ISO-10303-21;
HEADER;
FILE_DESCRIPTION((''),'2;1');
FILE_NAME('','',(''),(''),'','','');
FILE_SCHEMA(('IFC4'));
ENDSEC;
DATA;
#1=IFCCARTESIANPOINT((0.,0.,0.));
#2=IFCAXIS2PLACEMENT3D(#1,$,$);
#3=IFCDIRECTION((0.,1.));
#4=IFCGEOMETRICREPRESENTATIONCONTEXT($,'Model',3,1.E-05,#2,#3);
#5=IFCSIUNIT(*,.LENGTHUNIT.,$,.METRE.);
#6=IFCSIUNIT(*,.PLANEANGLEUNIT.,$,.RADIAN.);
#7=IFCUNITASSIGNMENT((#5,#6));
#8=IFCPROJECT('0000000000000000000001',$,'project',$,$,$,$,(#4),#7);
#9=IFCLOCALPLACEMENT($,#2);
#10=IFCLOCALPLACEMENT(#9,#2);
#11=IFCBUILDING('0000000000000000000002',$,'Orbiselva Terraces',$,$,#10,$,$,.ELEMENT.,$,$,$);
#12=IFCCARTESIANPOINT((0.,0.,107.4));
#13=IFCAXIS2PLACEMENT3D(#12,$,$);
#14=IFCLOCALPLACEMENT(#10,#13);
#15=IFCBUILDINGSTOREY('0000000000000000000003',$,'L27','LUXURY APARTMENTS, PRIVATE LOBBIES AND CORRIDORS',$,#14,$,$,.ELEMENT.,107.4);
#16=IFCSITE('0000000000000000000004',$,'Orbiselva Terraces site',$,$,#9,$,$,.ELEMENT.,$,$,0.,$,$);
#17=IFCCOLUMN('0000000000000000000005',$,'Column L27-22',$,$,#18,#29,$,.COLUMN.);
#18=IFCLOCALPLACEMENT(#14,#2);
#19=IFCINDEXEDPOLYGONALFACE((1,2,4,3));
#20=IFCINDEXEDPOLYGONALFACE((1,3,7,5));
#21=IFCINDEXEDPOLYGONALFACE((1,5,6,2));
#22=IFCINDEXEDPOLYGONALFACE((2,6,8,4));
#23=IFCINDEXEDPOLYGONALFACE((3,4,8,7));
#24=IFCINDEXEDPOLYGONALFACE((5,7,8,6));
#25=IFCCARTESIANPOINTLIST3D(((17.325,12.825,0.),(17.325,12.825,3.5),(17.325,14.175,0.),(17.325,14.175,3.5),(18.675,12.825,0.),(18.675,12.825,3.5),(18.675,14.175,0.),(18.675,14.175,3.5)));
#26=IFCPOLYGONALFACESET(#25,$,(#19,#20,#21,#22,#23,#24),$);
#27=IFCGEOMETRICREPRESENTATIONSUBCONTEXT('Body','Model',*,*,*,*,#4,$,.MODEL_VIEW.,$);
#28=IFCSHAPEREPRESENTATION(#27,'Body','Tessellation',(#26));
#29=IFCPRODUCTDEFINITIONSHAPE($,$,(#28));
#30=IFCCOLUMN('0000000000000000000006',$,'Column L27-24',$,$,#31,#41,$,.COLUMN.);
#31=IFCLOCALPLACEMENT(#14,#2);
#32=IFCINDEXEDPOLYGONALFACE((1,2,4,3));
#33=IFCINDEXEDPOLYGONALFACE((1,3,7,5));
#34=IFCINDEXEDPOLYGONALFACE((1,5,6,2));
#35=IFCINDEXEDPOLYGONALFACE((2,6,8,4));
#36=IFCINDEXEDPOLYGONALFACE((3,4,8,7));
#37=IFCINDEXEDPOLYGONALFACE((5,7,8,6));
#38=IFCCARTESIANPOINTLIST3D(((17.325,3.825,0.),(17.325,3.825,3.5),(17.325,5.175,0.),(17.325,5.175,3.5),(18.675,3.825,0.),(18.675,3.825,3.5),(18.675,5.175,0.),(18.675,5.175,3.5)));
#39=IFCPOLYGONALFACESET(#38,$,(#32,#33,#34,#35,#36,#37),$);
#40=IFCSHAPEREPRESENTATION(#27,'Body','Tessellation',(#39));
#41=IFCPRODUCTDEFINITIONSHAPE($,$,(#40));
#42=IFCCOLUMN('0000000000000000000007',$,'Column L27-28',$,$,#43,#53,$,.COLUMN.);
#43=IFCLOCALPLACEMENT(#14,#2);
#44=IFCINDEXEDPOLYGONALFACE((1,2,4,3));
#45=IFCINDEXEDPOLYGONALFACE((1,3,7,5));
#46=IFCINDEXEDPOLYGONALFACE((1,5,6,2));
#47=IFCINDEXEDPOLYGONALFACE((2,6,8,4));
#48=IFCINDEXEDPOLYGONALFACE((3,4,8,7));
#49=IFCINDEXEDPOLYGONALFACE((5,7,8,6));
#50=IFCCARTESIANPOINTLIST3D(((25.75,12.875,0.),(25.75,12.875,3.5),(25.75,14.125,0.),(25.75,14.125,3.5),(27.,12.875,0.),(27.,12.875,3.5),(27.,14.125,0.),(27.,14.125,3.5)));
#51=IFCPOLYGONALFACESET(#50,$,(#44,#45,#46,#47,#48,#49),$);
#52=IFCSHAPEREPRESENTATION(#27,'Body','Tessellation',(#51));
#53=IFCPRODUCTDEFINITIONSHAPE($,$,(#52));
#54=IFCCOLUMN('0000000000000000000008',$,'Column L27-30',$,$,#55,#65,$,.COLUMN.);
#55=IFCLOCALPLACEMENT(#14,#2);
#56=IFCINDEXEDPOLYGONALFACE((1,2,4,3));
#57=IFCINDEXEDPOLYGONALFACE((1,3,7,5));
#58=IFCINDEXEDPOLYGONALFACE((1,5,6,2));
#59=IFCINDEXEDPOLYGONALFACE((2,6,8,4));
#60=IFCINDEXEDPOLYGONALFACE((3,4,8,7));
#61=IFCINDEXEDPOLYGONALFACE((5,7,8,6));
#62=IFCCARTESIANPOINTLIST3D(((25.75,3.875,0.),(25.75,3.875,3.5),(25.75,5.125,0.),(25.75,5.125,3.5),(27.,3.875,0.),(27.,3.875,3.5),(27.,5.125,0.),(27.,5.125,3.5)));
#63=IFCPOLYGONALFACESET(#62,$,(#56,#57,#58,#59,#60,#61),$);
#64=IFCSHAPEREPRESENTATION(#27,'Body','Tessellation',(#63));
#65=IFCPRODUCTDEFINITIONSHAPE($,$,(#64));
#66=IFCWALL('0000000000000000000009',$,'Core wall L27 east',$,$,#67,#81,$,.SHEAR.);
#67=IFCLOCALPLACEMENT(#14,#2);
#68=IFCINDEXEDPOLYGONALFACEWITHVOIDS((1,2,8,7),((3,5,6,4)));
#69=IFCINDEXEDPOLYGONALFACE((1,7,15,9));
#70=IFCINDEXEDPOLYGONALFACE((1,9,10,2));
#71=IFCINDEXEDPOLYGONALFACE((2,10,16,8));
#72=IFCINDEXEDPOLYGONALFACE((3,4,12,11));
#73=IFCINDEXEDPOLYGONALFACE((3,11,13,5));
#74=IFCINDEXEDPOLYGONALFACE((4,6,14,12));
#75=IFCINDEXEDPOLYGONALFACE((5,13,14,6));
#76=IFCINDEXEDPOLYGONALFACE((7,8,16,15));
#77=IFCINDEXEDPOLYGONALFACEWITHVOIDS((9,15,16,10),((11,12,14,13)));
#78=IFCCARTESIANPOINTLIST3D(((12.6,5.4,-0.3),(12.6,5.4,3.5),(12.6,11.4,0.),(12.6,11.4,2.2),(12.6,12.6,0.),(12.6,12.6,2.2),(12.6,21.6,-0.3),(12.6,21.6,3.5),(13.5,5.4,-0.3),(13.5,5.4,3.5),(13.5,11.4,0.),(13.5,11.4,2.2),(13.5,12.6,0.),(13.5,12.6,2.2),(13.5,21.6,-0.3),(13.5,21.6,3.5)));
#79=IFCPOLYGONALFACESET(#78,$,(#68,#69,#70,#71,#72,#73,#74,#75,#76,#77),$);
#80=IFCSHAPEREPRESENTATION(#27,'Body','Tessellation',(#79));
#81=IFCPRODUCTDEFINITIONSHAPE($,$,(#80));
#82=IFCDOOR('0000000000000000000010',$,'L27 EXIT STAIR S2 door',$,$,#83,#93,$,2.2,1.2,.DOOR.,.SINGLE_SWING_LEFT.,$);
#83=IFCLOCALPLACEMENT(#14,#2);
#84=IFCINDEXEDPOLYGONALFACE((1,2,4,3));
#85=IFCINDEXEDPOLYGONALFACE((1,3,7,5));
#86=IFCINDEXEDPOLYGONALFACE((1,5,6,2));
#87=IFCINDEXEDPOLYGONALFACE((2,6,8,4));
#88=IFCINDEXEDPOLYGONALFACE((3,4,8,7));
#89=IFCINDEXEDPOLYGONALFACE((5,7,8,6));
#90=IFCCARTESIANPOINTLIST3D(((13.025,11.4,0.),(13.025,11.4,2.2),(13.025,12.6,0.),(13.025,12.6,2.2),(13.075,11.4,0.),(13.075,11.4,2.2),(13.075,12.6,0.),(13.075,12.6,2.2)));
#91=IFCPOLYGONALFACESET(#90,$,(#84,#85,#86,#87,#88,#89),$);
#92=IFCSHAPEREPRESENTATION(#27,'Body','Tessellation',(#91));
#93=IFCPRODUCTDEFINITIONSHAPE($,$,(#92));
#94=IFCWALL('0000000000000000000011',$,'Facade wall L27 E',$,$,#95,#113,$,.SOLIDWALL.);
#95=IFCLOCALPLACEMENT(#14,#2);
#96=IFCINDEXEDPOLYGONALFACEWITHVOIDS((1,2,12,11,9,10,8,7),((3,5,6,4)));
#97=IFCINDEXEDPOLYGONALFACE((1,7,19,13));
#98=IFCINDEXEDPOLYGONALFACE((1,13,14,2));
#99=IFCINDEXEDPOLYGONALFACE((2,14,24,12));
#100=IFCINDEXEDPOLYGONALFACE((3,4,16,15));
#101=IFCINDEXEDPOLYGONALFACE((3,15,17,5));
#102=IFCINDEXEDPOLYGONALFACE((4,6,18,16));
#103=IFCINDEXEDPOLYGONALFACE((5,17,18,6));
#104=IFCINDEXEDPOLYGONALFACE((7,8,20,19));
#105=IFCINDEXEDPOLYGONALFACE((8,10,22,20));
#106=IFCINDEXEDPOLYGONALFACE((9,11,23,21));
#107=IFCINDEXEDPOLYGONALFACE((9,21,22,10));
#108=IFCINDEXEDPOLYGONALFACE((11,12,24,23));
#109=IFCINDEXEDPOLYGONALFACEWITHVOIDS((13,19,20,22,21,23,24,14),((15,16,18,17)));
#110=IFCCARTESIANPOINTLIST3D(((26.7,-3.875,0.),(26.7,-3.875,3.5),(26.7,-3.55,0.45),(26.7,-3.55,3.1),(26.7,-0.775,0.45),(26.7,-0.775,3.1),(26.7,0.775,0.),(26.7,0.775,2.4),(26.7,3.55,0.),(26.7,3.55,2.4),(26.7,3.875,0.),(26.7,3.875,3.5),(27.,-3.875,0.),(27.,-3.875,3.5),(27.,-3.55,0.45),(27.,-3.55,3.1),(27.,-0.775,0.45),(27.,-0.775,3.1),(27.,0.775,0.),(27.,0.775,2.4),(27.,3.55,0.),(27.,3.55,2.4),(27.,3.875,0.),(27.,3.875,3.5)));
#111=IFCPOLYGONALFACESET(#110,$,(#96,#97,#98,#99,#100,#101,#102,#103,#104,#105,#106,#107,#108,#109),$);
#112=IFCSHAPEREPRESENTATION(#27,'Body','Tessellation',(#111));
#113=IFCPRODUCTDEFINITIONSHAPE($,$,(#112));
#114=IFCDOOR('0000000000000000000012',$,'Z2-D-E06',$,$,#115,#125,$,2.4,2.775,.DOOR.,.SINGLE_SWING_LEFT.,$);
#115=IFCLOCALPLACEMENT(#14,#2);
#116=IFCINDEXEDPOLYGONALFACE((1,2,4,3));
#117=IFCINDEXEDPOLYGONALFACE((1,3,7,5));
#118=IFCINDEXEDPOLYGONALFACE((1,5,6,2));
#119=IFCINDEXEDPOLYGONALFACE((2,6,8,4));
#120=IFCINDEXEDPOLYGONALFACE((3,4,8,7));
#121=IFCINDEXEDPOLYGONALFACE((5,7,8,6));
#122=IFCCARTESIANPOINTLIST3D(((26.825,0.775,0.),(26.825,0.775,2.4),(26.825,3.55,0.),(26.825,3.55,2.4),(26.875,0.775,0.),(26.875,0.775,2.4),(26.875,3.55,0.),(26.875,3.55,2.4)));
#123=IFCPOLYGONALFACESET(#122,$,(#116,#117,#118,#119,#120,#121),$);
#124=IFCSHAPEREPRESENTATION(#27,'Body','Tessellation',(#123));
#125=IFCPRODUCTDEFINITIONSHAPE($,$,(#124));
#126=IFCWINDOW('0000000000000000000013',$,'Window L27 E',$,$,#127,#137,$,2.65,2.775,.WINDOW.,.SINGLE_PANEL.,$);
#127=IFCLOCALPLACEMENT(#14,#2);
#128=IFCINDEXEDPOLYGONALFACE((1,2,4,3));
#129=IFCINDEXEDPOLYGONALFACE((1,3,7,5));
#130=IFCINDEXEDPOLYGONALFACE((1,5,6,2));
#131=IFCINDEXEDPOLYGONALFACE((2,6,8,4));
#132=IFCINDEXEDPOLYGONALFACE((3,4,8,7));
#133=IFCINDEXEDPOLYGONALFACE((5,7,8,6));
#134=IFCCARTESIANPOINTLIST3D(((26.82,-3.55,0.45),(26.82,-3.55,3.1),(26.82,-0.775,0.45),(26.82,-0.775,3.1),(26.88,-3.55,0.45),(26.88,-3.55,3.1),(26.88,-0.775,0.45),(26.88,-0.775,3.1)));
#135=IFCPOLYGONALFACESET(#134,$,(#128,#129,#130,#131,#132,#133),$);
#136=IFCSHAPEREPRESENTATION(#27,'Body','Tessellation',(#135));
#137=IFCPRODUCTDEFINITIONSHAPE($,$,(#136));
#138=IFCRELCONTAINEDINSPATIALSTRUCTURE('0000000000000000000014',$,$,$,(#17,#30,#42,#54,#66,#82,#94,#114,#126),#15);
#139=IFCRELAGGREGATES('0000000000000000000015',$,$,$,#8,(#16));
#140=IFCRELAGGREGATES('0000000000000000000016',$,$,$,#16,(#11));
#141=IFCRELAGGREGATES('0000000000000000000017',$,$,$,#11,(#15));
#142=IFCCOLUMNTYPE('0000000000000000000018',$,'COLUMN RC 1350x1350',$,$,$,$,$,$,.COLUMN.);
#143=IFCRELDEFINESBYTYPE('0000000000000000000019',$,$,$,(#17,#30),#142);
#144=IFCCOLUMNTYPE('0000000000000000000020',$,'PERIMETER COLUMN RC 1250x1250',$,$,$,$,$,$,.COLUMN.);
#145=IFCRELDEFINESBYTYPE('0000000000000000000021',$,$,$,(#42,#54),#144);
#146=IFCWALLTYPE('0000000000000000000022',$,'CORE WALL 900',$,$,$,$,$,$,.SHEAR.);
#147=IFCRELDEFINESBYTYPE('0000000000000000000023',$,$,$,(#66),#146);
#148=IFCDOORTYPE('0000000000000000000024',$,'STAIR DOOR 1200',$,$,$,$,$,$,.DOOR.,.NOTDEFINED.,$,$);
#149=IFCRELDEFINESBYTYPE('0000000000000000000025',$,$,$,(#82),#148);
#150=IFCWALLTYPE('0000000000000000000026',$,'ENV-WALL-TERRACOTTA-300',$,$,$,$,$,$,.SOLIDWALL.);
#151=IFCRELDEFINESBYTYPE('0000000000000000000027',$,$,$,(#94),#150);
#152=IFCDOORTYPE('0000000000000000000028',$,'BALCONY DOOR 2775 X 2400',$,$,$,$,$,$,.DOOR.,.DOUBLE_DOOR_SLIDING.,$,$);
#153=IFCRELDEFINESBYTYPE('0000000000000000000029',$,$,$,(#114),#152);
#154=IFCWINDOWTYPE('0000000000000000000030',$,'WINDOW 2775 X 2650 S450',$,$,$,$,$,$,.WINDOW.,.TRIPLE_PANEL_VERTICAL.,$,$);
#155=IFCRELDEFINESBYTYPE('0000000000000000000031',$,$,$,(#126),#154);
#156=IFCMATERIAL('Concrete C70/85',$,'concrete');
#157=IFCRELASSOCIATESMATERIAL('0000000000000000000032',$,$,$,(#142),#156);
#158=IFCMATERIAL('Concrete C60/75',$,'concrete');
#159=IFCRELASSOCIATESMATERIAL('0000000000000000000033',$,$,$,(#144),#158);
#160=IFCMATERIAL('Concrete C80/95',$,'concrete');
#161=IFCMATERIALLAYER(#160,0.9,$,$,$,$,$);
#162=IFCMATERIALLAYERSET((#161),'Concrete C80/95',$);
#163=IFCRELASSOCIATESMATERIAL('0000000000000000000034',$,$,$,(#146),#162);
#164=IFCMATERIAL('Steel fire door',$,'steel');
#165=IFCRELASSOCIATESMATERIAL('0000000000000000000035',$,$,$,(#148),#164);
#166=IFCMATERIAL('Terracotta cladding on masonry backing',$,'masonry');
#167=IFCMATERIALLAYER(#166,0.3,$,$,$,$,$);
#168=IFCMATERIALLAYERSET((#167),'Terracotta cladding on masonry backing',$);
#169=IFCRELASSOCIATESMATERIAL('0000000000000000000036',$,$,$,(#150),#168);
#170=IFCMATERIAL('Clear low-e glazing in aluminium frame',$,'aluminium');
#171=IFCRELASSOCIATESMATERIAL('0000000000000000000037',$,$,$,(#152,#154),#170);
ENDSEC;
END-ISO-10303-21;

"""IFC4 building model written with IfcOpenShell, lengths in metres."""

from ifc_helpers import new_model, si_unit, direction, frame, frame_2d, origin, origin_2d, place, context, subcontext, project, spatial, rectangle, extrude, material, layer, layer_set, material_profile, profile_set, type_object, element, fill, save


model = new_model("IFC4")

# Units and contexts
model_context = context("Model", 3, precision=1e-05, world=origin(), true_north=direction((0.0, 1.0)))
body_context = subcontext(model_context, "Body", "Model", "MODEL_VIEW")
ifc_project = project(units=[si_unit("LENGTHUNIT", "METRE"), si_unit("PLANEANGLEUNIT", "RADIAN")], contexts=[model_context])

# Site, building, storey
site_placement = place(None, origin())
site = spatial("IfcSite", under=ifc_project, at=site_placement, Name="Orbiselva Terraces site", CompositionType="ELEMENT", RefElevation=0.0)
building_placement = place(site_placement, origin())
building = spatial("IfcBuilding", under=site, at=building_placement, Name="Orbiselva Terraces", CompositionType="ELEMENT")
storey_placement = place(building_placement, frame((0.0, 0.0, 107.4)))
storey = spatial("IfcBuildingStorey", under=building, at=storey_placement, Name="L27", Description="LUXURY APARTMENTS, PRIVATE LOBBIES AND CORRIDORS", CompositionType="ELEMENT", Elevation=107.4)

# Columns
ifc_material_1 = material(Name="Concrete C70/85", Category="concrete")
ifc_material_profile_1 = material_profile(ifc_material_1, rectangle(XDim=1.35, YDim=1.35, at=origin_2d()), Name="RC 1350x1350")
ifc_profile_set_1 = profile_set([ifc_material_profile_1], Name="Concrete C70/85")
column_type_1 = type_object("IfcColumnType", Name="COLUMN RC 1350x1350", PredefinedType="COLUMN", material=ifc_profile_set_1)
for number, where, z_axis, x_axis, name in (
    (1, (18.0, 13.5, 0.0), (0.0, 0.0, 1.0), (1.0, 0.0, 0.0), "Column L27-22"),
    (2, (18.0, 4.5, 0.0), (0.0, 0.0, 1.0), (1.0, 0.0, 0.0), "Column L27-24"),
):
    element("IfcColumn", number, at=place(storey_placement, frame(where, z_axis=z_axis, x_axis=x_axis)), inside=storey, type_object=column_type_1, Name=name, PredefinedType="COLUMN", context=body_context, shape_type="SweptSolid", body=[
        extrude(rectangle(XDim=1.35, YDim=1.35, at=origin_2d()), origin(), (0.0, 0.0, 1.0), 3.5),
    ])
ifc_material_2 = material(Name="Concrete C60/75", Category="concrete")
ifc_material_profile_2 = material_profile(ifc_material_2, rectangle(XDim=1.25, YDim=1.25, at=origin_2d()), Name="RC 1250x1250")
ifc_profile_set_2 = profile_set([ifc_material_profile_2], Name="Concrete C60/75")
column_type_2 = type_object("IfcColumnType", Name="PERIMETER COLUMN RC 1250x1250", PredefinedType="COLUMN", material=ifc_profile_set_2)
for number, where, z_axis, x_axis, name in (
    (3, (26.375, 13.5, 0.0), (0.0, 0.0, 1.0), (1.0, 0.0, 0.0), "Column L27-28"),
    (4, (26.375, 4.5, 0.0), (0.0, 0.0, 1.0), (1.0, 0.0, 0.0), "Column L27-30"),
):
    element("IfcColumn", number, at=place(storey_placement, frame(where, z_axis=z_axis, x_axis=x_axis)), inside=storey, type_object=column_type_2, Name=name, PredefinedType="COLUMN", context=body_context, shape_type="SweptSolid", body=[
        extrude(rectangle(XDim=1.25, YDim=1.25, at=origin_2d()), origin(), (0.0, 0.0, 1.0), 3.5),
    ])

# Wall, opening, door
ifc_material_3 = material(Name="Concrete C80/95", Category="concrete")
ifc_layer_1 = layer(ifc_material_3, 0.9)
ifc_layer_set_1 = layer_set([ifc_layer_1], Name="Concrete C80/95")
wall_type_1 = type_object("IfcWallType", Name="CORE WALL 900", PredefinedType="SHEAR", material=ifc_layer_set_1)
wall_1_placement = place(storey_placement, frame((13.05, 5.4, -0.3), z_axis=(0.0, 0.0, 1.0), x_axis=(0.0, 1.0, 0.0)))
wall_1 = element("IfcWall", 5, at=wall_1_placement, inside=storey, type_object=wall_type_1, Name="Core wall L27 east", PredefinedType="SHEAR", context=body_context, shape_type="SweptSolid", body=[
    extrude(rectangle(XDim=16.2, YDim=0.9, at=frame_2d((8.1, 0.0))), origin(), (0.0, 0.0, 1.0), 3.8),
])
opening_1_placement = place(wall_1_placement, frame((6.0, 0.0, 0.3)))
opening_1 = element("IfcOpeningElement", 6, at=opening_1_placement, cuts=wall_1, PredefinedType="OPENING", context=body_context, shape_type="SweptSolid", body=[
    extrude(rectangle(XDim=1.2, YDim=2.2, at=frame_2d((0.6, 1.1))), frame((0.0, 0.46, 0.0), z_axis=(0.0, -1.0, 0.0), x_axis=(1.0, 0.0, 0.0)), (0.0, 0.0, 1.0), 0.92),
])
ifc_material_4 = material(Name="Steel fire door", Category="steel")
door_type_1 = type_object("IfcDoorType", Name="STAIR DOOR 1200", OperationType="NOTDEFINED", PredefinedType="DOOR", material=ifc_material_4)
door_1_placement = place(opening_1_placement, frame((1.2, 0.0, 0.0), z_axis=(0.0, 0.0, 1.0), x_axis=(-1.0, 0.0, 0.0)))
door_1 = element("IfcDoor", 7, at=door_1_placement, inside=storey, type_object=door_type_1, Name="L27 EXIT STAIR S2 door", OperationType="SINGLE_SWING_LEFT", OverallHeight=2.2, OverallWidth=1.2, PredefinedType="DOOR", context=body_context, shape_type="SweptSolid", body=[
    extrude(rectangle(XDim=1.2, YDim=2.2, at=frame_2d((0.6, 1.1))), frame((0.0, 0.025, 0.0), z_axis=(0.0, -1.0, 0.0), x_axis=(1.0, 0.0, 0.0)), (0.0, 0.0, 1.0), 0.05),
])
fill(opening_1, door_1)

# Wall, openings, door, window
ifc_material_5 = material(Name="Terracotta cladding on masonry backing", Category="masonry")
ifc_layer_2 = layer(ifc_material_5, 0.3)
ifc_layer_set_2 = layer_set([ifc_layer_2], Name="Terracotta cladding on masonry backing")
wall_type_2 = type_object("IfcWallType", Name="ENV-WALL-TERRACOTTA-300", PredefinedType="SOLIDWALL", material=ifc_layer_set_2)
wall_2_placement = place(storey_placement, frame((26.85, 3.875, 0.0), z_axis=(0.0, 0.0, 1.0), x_axis=(0.0, -1.0, 0.0)))
wall_2 = element("IfcWall", 8, at=wall_2_placement, inside=storey, type_object=wall_type_2, Name="Facade wall L27 E", PredefinedType="SOLIDWALL", context=body_context, shape_type="SweptSolid", body=[
    extrude(rectangle(XDim=7.75, YDim=0.3, at=frame_2d((3.875, 0.0))), origin(), (0.0, 0.0, 1.0), 3.5),
])
opening_2_placement = place(wall_2_placement, frame((4.65, 0.0, 0.45)))
opening_2 = element("IfcOpeningElement", 9, at=opening_2_placement, cuts=wall_2, PredefinedType="OPENING", context=body_context, shape_type="SweptSolid", body=[
    extrude(rectangle(XDim=2.775, YDim=2.65, at=frame_2d((1.3875, 1.325))), frame((0.0, 0.16, 0.0), z_axis=(0.0, -1.0, 0.0), x_axis=(1.0, 0.0, 0.0)), (0.0, 0.0, 1.0), 0.32),
])
opening_3_placement = place(wall_2_placement, frame((0.325, 0.0, 0.0)))
opening_3 = element("IfcOpeningElement", 10, at=opening_3_placement, cuts=wall_2, PredefinedType="OPENING", context=body_context, shape_type="SweptSolid", body=[
    extrude(rectangle(XDim=2.775, YDim=2.4, at=frame_2d((1.3875, 1.2))), frame((0.0, 0.16, 0.0), z_axis=(0.0, -1.0, 0.0), x_axis=(1.0, 0.0, 0.0)), (0.0, 0.0, 1.0), 0.32),
])
ifc_material_6 = material(Name="Clear low-e glazing in aluminium frame", Category="aluminium")
door_type_2 = type_object("IfcDoorType", Name="BALCONY DOOR 2775 X 2400", OperationType="DOUBLE_DOOR_SLIDING", PredefinedType="DOOR", material=ifc_material_6)
door_2_placement = place(opening_3_placement, origin())
door_2 = element("IfcDoor", 11, at=door_2_placement, inside=storey, type_object=door_type_2, Name="Z2-D-E06", OperationType="SINGLE_SWING_LEFT", OverallHeight=2.4, OverallWidth=2.775, PredefinedType="DOOR", context=body_context, shape_type="SweptSolid", body=[
    extrude(rectangle(XDim=2.775, YDim=2.4, at=frame_2d((1.3875, 1.2))), frame((0.0, 0.025, 0.0), z_axis=(0.0, -1.0, 0.0), x_axis=(1.0, 0.0, 0.0)), (0.0, 0.0, 1.0), 0.05),
])
fill(opening_3, door_2)
window_type = type_object("IfcWindowType", Name="WINDOW 2775 X 2650 S450", PartitioningType="TRIPLE_PANEL_VERTICAL", PredefinedType="WINDOW", material=ifc_material_6)
window_1_placement = place(opening_2_placement, origin())
window_1 = element("IfcWindow", 12, at=window_1_placement, inside=storey, type_object=window_type, Name="Window L27 E", OverallHeight=2.65, OverallWidth=2.775, PartitioningType="SINGLE_PANEL", PredefinedType="WINDOW", context=body_context, shape_type="SweptSolid", body=[
    extrude(rectangle(XDim=2.775, YDim=2.65, at=frame_2d((1.3875, 1.325))), frame((0.0, 0.03, 0.0), z_axis=(0.0, -1.0, 0.0), x_axis=(1.0, 0.0, 0.0)), (0.0, 0.0, 1.0), 0.06),
])
fill(opening_2, window_1)

save(model, "model.ifc")
